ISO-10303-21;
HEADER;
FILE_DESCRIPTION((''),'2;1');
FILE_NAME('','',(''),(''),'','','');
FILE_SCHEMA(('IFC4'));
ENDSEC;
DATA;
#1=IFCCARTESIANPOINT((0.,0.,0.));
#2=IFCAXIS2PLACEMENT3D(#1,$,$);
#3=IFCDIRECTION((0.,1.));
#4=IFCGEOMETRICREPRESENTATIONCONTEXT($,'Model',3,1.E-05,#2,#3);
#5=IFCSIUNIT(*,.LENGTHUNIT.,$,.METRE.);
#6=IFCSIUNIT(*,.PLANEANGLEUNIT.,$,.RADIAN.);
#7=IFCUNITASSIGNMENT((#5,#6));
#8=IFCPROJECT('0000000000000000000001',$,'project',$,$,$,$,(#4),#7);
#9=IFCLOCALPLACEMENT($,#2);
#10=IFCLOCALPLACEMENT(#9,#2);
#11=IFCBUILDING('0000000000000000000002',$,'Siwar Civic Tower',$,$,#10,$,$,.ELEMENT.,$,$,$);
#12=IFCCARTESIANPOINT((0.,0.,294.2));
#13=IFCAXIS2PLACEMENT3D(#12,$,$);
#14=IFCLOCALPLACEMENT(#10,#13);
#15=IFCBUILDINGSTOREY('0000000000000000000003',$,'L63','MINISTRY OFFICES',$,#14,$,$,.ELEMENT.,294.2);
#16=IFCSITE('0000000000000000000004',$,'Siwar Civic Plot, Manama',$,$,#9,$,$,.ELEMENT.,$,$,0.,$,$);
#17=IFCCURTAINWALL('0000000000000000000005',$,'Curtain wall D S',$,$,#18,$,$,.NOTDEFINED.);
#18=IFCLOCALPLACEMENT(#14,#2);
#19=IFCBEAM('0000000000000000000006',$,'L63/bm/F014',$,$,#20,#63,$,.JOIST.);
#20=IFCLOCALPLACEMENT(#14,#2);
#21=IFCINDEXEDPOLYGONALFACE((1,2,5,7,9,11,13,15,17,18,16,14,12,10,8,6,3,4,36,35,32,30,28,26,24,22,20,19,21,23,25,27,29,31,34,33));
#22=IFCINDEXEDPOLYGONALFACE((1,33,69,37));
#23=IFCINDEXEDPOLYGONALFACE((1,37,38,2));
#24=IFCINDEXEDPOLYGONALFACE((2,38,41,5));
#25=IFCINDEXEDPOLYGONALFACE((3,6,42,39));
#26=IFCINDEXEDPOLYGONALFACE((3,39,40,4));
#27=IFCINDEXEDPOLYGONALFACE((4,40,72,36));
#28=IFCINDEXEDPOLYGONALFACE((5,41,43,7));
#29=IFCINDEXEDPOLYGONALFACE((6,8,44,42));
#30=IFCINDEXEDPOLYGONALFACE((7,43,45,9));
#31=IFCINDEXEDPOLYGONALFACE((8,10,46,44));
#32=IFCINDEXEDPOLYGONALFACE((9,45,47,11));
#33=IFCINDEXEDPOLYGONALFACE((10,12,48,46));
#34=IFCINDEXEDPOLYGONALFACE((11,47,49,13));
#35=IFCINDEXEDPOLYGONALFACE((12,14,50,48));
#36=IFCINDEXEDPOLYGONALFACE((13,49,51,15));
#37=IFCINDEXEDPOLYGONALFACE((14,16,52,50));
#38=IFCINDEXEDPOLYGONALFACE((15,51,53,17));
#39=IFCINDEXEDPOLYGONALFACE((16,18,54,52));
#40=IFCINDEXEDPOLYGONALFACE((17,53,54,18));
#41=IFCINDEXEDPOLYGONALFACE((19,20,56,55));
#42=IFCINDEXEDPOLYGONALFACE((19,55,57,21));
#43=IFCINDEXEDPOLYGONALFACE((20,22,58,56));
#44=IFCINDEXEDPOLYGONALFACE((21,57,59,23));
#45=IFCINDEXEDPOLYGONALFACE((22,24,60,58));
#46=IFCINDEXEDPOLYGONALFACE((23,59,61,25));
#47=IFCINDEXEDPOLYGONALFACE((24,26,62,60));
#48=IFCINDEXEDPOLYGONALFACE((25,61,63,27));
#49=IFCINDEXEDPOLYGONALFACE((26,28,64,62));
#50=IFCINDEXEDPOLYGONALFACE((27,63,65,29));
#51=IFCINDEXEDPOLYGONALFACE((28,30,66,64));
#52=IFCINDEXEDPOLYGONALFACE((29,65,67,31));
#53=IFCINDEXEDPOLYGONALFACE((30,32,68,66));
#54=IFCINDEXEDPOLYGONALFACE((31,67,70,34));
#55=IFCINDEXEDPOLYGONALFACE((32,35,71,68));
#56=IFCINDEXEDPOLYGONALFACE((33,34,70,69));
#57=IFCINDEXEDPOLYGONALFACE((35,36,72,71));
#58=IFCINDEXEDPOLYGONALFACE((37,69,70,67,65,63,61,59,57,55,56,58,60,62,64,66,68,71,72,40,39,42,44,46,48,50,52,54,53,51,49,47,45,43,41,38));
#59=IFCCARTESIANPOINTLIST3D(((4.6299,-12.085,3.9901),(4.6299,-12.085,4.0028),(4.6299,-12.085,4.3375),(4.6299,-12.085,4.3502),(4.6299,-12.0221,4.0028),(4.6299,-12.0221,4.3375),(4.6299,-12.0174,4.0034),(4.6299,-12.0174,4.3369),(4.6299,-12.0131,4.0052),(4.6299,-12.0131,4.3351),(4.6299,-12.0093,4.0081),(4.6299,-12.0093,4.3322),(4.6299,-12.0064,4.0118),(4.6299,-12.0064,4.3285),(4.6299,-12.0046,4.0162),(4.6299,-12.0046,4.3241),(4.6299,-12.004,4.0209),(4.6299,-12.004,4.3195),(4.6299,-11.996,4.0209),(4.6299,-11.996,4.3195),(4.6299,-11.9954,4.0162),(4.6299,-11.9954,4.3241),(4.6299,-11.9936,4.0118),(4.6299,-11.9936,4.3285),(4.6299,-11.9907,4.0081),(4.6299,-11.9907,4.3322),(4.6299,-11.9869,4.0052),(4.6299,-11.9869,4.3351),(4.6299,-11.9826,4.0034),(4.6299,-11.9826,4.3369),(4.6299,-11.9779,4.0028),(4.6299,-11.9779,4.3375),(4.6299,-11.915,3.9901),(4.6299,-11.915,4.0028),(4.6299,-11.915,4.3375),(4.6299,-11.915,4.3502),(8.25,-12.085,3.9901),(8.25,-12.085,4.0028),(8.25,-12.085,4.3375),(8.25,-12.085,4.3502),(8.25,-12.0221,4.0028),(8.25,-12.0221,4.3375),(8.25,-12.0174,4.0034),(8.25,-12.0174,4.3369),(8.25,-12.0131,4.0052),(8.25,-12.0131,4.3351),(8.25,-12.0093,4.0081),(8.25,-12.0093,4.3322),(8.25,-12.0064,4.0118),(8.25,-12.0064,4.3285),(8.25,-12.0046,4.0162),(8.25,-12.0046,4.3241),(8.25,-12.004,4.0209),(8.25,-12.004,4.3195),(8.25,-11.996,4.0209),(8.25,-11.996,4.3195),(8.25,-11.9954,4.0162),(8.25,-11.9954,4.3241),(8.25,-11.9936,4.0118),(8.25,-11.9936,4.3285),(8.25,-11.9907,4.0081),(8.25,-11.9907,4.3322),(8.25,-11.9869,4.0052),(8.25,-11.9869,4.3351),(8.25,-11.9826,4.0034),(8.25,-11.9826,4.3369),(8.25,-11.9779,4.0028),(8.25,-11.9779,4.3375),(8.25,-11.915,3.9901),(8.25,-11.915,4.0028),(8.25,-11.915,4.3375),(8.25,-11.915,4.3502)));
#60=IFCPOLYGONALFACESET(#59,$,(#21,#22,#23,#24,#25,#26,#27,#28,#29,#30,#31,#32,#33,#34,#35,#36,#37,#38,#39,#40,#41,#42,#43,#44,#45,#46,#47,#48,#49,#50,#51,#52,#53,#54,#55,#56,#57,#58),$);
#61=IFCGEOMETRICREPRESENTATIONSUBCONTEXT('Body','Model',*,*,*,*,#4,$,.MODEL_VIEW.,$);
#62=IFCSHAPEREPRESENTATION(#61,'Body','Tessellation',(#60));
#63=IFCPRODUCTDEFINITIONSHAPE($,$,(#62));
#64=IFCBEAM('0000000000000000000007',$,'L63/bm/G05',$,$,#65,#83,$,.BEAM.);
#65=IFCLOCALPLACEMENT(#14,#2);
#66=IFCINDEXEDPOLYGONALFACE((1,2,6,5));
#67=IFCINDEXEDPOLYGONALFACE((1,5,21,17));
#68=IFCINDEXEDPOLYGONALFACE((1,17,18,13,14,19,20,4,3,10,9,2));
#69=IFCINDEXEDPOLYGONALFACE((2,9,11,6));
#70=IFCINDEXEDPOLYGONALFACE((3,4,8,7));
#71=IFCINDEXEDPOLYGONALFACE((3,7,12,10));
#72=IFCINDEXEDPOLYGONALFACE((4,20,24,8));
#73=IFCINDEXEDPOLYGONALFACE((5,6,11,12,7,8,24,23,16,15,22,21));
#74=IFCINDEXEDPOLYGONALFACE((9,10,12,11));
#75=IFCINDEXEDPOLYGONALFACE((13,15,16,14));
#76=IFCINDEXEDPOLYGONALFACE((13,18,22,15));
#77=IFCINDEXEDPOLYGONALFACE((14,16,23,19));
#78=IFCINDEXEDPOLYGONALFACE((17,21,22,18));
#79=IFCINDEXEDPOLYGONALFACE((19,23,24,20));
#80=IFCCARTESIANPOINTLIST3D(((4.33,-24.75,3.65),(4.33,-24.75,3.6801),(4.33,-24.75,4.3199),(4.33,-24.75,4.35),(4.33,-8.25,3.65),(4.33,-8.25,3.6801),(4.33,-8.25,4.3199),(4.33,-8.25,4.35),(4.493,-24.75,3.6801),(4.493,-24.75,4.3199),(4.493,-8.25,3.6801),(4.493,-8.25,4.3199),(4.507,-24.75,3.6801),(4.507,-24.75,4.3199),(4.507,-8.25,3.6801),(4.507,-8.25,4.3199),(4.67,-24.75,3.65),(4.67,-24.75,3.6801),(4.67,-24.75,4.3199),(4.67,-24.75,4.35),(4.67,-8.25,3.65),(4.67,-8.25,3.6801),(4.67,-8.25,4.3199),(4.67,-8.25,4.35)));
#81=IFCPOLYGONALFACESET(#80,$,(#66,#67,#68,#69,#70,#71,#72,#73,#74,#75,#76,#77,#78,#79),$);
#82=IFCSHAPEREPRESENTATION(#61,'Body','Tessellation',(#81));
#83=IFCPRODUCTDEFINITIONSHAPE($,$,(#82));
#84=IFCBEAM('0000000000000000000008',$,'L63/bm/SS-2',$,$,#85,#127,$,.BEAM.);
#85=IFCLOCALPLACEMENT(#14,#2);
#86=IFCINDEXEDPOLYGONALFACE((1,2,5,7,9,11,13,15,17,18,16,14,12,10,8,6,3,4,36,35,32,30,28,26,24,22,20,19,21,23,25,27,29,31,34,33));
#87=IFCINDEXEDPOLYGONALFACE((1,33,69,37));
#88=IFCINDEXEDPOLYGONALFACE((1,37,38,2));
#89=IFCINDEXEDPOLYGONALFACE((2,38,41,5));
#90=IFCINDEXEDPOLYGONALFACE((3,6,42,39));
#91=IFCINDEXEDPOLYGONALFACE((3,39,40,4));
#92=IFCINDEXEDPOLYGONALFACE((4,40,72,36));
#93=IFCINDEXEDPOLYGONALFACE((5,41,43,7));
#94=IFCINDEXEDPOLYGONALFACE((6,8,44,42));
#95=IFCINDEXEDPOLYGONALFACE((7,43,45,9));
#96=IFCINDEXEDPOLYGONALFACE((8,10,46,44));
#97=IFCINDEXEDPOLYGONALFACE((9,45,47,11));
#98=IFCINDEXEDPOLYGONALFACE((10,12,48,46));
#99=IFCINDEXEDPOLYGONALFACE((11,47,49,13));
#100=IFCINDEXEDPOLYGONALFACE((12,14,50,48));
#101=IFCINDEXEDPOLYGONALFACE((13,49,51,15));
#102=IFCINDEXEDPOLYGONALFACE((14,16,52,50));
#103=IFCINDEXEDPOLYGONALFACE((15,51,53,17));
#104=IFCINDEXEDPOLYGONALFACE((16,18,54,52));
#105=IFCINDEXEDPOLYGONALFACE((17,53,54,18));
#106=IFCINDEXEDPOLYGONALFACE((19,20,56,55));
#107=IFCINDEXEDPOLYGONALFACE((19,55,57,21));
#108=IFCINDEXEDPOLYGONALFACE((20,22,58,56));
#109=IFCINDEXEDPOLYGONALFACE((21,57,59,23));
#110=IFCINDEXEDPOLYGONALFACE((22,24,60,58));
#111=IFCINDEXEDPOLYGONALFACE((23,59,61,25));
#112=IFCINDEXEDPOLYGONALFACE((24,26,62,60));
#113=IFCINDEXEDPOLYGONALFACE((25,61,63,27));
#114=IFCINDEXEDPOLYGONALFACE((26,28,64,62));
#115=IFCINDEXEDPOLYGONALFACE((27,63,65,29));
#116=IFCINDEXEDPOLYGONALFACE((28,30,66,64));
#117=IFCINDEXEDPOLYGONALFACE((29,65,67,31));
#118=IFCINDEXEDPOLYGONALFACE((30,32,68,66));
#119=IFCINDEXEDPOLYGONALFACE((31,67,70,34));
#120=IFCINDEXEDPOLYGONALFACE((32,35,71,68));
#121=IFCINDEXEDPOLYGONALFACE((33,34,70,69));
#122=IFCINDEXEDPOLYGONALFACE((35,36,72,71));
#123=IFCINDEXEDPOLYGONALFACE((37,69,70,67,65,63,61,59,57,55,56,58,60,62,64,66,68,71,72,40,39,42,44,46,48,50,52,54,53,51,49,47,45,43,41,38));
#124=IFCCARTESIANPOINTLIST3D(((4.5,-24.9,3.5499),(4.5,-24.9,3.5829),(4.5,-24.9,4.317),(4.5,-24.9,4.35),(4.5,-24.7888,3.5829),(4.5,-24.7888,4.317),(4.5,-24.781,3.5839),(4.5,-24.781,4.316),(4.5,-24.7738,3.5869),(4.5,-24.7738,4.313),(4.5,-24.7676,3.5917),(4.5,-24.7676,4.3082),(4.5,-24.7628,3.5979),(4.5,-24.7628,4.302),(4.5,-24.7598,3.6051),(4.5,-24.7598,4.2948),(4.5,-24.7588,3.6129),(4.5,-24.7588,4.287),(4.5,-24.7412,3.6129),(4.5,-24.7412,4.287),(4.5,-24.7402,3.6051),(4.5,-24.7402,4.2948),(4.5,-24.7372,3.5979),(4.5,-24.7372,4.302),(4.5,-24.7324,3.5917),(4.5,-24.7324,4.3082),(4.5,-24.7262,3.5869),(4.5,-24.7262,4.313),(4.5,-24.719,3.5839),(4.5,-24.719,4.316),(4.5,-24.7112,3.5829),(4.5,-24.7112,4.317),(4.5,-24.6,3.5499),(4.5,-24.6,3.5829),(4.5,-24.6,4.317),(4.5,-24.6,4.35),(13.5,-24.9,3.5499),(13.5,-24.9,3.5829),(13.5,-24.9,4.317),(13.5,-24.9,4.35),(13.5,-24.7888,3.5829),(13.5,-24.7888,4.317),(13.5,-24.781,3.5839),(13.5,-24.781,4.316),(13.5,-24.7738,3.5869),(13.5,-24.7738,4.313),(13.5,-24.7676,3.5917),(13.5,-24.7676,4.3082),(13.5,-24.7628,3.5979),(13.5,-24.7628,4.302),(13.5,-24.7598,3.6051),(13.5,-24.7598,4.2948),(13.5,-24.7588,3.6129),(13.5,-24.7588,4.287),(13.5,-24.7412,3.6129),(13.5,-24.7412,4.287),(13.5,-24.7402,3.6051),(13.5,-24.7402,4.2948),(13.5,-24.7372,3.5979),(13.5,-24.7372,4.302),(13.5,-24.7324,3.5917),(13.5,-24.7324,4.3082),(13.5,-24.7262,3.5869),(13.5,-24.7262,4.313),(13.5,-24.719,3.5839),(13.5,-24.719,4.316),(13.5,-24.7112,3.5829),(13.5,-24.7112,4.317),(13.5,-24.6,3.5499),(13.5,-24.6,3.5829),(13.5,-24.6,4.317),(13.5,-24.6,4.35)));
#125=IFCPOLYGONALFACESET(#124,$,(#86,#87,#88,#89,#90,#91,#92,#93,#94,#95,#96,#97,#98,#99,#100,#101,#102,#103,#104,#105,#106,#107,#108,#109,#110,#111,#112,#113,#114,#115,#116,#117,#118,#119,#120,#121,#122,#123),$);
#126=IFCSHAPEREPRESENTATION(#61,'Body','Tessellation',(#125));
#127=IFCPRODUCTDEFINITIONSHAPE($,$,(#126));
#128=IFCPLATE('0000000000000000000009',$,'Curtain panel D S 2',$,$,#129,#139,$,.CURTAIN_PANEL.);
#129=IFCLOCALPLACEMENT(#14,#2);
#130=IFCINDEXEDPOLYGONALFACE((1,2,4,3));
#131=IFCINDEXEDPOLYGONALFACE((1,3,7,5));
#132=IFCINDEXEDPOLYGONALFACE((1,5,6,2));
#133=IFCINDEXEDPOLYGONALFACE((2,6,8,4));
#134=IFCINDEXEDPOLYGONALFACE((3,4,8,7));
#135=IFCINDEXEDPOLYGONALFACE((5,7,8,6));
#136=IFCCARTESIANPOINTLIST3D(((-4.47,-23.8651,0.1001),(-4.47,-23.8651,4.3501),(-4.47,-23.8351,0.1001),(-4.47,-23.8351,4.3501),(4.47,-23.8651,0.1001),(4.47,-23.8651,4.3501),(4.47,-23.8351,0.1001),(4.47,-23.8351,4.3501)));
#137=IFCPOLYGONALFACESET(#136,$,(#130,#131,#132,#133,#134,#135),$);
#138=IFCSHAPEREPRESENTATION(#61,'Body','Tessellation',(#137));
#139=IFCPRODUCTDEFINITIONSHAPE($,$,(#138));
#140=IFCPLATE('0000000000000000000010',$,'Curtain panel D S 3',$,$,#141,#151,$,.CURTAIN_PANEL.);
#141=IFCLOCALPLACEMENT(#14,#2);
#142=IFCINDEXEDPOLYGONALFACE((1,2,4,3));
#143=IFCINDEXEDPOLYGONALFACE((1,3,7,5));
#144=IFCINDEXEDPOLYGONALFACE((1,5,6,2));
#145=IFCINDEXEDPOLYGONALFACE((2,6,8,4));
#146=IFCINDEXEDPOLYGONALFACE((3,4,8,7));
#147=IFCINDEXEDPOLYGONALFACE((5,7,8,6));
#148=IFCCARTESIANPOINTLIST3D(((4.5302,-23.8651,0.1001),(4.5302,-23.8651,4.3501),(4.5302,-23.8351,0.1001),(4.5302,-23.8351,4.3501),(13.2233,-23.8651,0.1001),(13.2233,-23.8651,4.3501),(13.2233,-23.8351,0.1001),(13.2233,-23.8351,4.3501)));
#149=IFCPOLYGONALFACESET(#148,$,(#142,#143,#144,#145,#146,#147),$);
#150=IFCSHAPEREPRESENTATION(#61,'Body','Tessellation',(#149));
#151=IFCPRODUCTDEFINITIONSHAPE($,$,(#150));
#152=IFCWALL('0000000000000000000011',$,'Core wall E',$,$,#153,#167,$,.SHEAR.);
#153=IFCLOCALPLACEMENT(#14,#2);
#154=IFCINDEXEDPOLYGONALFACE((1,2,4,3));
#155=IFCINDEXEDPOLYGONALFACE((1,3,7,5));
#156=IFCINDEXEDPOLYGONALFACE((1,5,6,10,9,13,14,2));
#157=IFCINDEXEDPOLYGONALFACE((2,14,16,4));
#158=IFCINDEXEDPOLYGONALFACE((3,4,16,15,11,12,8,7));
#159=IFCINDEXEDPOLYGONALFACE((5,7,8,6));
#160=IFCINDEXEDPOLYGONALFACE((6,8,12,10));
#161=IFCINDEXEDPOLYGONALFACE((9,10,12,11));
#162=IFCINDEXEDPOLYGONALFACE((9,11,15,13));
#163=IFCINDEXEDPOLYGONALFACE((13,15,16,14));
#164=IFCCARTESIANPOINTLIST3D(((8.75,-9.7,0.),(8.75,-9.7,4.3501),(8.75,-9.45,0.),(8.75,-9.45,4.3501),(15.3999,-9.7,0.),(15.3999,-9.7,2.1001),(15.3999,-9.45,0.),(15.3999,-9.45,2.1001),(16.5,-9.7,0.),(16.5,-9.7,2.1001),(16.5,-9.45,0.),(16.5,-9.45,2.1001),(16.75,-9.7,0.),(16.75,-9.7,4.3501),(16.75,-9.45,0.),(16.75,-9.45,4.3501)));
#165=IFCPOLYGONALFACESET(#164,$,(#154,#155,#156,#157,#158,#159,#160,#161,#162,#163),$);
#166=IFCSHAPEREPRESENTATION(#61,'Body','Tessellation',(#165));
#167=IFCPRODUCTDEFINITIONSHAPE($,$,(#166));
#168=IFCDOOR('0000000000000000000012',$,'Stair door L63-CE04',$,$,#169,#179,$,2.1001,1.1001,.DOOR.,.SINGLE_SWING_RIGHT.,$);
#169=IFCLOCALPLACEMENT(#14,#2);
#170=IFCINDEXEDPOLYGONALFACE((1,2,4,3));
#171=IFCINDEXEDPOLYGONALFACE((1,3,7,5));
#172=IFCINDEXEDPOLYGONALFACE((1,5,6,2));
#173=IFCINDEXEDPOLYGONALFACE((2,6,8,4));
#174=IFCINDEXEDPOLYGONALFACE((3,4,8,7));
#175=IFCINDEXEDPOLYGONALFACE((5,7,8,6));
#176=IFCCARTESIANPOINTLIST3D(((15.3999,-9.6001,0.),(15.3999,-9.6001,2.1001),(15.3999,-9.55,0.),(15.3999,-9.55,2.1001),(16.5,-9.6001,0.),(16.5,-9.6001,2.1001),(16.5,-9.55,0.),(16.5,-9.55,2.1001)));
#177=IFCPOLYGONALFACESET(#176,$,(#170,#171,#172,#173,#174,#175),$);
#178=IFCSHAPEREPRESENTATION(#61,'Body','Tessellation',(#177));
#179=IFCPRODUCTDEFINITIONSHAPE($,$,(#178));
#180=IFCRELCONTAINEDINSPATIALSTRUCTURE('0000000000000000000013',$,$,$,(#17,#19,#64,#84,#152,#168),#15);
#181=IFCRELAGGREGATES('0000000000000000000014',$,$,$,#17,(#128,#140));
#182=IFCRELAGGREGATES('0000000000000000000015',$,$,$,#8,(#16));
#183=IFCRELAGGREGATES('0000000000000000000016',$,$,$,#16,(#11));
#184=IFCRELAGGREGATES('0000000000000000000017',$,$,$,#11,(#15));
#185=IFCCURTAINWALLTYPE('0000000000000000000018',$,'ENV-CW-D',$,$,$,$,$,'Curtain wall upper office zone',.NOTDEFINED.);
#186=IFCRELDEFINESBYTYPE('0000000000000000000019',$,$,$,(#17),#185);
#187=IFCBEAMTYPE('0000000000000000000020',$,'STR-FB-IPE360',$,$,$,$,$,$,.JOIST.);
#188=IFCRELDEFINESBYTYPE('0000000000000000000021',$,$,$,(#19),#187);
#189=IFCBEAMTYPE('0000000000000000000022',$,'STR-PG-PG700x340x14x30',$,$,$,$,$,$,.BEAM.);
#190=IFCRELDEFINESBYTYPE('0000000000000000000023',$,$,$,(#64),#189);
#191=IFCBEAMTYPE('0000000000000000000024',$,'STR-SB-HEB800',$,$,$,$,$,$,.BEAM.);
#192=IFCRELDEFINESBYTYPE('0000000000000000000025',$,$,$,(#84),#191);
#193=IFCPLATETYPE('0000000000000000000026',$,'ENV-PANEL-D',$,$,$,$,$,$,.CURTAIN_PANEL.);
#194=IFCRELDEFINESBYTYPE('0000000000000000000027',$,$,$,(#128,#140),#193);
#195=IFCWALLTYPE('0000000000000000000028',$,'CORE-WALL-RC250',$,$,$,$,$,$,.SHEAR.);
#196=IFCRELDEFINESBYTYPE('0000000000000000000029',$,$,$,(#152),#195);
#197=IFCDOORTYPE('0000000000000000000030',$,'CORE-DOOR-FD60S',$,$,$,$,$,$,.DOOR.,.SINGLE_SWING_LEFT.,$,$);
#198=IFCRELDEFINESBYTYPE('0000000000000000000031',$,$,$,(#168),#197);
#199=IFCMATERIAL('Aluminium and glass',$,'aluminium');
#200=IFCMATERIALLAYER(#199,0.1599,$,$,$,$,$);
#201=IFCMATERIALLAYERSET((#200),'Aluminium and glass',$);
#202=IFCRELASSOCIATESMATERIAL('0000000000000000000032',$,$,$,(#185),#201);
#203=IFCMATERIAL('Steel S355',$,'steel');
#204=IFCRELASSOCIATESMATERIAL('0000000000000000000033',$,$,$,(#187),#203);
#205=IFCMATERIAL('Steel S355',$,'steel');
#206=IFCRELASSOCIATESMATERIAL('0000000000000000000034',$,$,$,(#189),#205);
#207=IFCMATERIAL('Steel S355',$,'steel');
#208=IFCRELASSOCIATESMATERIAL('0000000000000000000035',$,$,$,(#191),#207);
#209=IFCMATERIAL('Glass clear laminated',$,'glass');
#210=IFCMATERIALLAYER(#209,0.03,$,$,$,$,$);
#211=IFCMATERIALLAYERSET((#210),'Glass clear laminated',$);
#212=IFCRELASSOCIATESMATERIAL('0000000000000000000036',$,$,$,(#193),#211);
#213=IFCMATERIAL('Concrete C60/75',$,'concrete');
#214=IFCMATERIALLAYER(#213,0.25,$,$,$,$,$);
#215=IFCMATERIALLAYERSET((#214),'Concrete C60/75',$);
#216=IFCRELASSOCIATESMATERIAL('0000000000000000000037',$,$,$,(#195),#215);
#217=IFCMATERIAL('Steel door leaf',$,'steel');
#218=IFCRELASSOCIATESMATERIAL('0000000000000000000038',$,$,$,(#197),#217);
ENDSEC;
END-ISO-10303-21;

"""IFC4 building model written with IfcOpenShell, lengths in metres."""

from ifc_helpers import new_model, si_unit, direction, frame, frame_2d, origin, origin_2d, place, context, subcontext, project, spatial, rectangle, i_section, extrude, material, layer, layer_set, material_profile, profile_set, type_object, element, fill, aggregate, save


model = new_model("IFC4")

# Units and contexts
model_context = context("Model", 3, precision=1e-05, world=origin(), true_north=direction((0.0, 1.0)))
body_context = subcontext(model_context, "Body", "Model", "MODEL_VIEW")
ifc_project = project(units=[si_unit("LENGTHUNIT", "METRE"), si_unit("PLANEANGLEUNIT", "RADIAN")], contexts=[model_context])

# Site, building, storey
site_placement = place(None, origin())
site = spatial("IfcSite", under=ifc_project, at=site_placement, Name="Siwar Civic Plot, Manama", CompositionType="ELEMENT", RefElevation=0.0)
building_placement = place(site_placement, origin())
building = spatial("IfcBuilding", under=site, at=building_placement, Name="Siwar Civic Tower", CompositionType="ELEMENT")
storey_placement = place(building_placement, frame((0.0, 0.0, 294.2)))
storey = spatial("IfcBuildingStorey", under=building, at=storey_placement, Name="L63", Description="MINISTRY OFFICES", CompositionType="ELEMENT", Elevation=294.2)

# Curtain wall
ifc_material_1 = material(Name="Aluminium and glass", Category="aluminium")
ifc_layer_1 = layer(ifc_material_1, 0.1599)
ifc_layer_set_1 = layer_set([ifc_layer_1], Name="Aluminium and glass")
curtain_wall_type_1 = type_object("IfcCurtainWallType", Name="ENV-CW-D", ElementType="Curtain wall upper office zone", PredefinedType="NOTDEFINED", material=ifc_layer_set_1)
curtain_wall_1_placement = place(storey_placement, origin())
curtain_wall_1 = element("IfcCurtainWall", 1, at=curtain_wall_1_placement, inside=storey, type_object=curtain_wall_type_1, Name="Curtain wall D S", PredefinedType="NOTDEFINED")

# Beams
ifc_material_2 = material(Name="Steel S355", Category="steel")
ifc_material_profile_1 = material_profile(ifc_material_2, i_section(OverallWidth=0.1699, OverallDepth=0.3601, WebThickness=0.0081, FlangeThickness=0.0127, FilletRadius=0.0181, at=origin_2d()), Name="IPE360")
ifc_profile_set_1 = profile_set([ifc_material_profile_1], Name="Steel S355")
beam_type_1 = type_object("IfcBeamType", Name="STR-FB-IPE360", PredefinedType="JOIST", material=ifc_profile_set_1)
beam_1_placement = place(storey_placement, frame((4.6299, -12.0, 4.1702), z_axis=(1.0, 0.0, 0.0), x_axis=(0.0, 1.0, 0.0)))
element("IfcBeam", 2, at=beam_1_placement, inside=storey, type_object=beam_type_1, Name="L63/bm/F014", PredefinedType="JOIST", context=body_context, shape_type="SweptSolid", body=[
    extrude(i_section(OverallWidth=0.1699, OverallDepth=0.3601, WebThickness=0.0081, FlangeThickness=0.0127, FilletRadius=0.0181, at=origin_2d()), origin(), (0.0, 0.0, 1.0), 3.6201),
])
ifc_material_3 = material(Name="Steel S355", Category="steel")
ifc_material_profile_2 = material_profile(ifc_material_3, i_section(OverallWidth=0.3401, OverallDepth=0.7, WebThickness=0.0139, FlangeThickness=0.03, at=origin_2d()), Name="PG700x340x14x30")
ifc_profile_set_2 = profile_set([ifc_material_profile_2], Name="Steel S355")
beam_type_2 = type_object("IfcBeamType", Name="STR-PG-PG700x340x14x30", PredefinedType="BEAM", material=ifc_profile_set_2)
beam_2_placement = place(storey_placement, frame((4.5, -24.75, 4.0), z_axis=(0.0, 1.0, 0.0), x_axis=(-1.0, 0.0, 0.0)))
element("IfcBeam", 3, at=beam_2_placement, inside=storey, type_object=beam_type_2, Name="L63/bm/G05", PredefinedType="BEAM", context=body_context, shape_type="SweptSolid", body=[
    extrude(i_section(OverallWidth=0.3401, OverallDepth=0.7, WebThickness=0.0139, FlangeThickness=0.03, at=origin_2d()), origin(), (0.0, 0.0, 1.0), 16.5),
])
ifc_material_4 = material(Name="Steel S355", Category="steel")
ifc_material_profile_3 = material_profile(ifc_material_4, i_section(OverallWidth=0.3, OverallDepth=0.8, WebThickness=0.0176, FlangeThickness=0.033, FilletRadius=0.03, at=origin_2d()), Name="HEB800")
ifc_profile_set_3 = profile_set([ifc_material_profile_3], Name="Steel S355")
beam_type_3 = type_object("IfcBeamType", Name="STR-SB-HEB800", PredefinedType="BEAM", material=ifc_profile_set_3)
beam_3_placement = place(storey_placement, frame((4.5, -24.75, 3.95), z_axis=(1.0, 0.0, 0.0), x_axis=(0.0, 1.0, 0.0)))
element("IfcBeam", 4, at=beam_3_placement, inside=storey, type_object=beam_type_3, Name="L63/bm/SS-2", PredefinedType="BEAM", context=body_context, shape_type="SweptSolid", body=[
    extrude(i_section(OverallWidth=0.3, OverallDepth=0.8, WebThickness=0.0176, FlangeThickness=0.033, FilletRadius=0.03, at=origin_2d()), origin(), (0.0, 0.0, 1.0), 9.0),
])

# Plates
ifc_material_5 = material(Name="Glass clear laminated", Category="glass")
ifc_layer_2 = layer(ifc_material_5, 0.03)
ifc_layer_set_2 = layer_set([ifc_layer_2], Name="Glass clear laminated")
plate_type = type_object("IfcPlateType", Name="ENV-PANEL-D", PredefinedType="CURTAIN_PANEL", material=ifc_layer_set_2)
plate_1_placement = place(storey_placement, frame((0.0, -23.8501, 0.1001), z_axis=(0.0, 0.0, 1.0), x_axis=(1.0, 0.0, 0.0)))
plate_1 = element("IfcPlate", 5, at=plate_1_placement, type_object=plate_type, Name="Curtain panel D S 2", PredefinedType="CURTAIN_PANEL", context=body_context, shape_type="SweptSolid", body=[
    extrude(rectangle(XDim=8.9399, YDim=0.03, at=origin_2d()), origin(), (0.0, 0.0, 1.0), 4.25),
])
plate_2_placement = place(storey_placement, frame((8.8767, -23.8501, 0.1001), z_axis=(0.0, 0.0, 1.0), x_axis=(1.0, 0.0, 0.0)))
plate_2 = element("IfcPlate", 6, at=plate_2_placement, type_object=plate_type, Name="Curtain panel D S 3", PredefinedType="CURTAIN_PANEL", context=body_context, shape_type="SweptSolid", body=[
    extrude(rectangle(XDim=8.6931, YDim=0.03, at=origin_2d()), origin(), (0.0, 0.0, 1.0), 4.25),
])
aggregate(curtain_wall_1, [plate_1, plate_2])

# Wall, opening, door
ifc_material_6 = material(Name="Concrete C60/75", Category="concrete")
ifc_layer_3 = layer(ifc_material_6, 0.25)
ifc_layer_set_3 = layer_set([ifc_layer_3], Name="Concrete C60/75")
wall_type_1 = type_object("IfcWallType", Name="CORE-WALL-RC250", PredefinedType="SHEAR", material=ifc_layer_set_3)
wall_1_placement = place(storey_placement, frame((8.75, -9.575, 0.0), z_axis=(0.0, 0.0, 1.0), x_axis=(1.0, 0.0, 0.0)))
wall_1 = element("IfcWall", 7, at=wall_1_placement, inside=storey, type_object=wall_type_1, Name="Core wall E", PredefinedType="SHEAR", context=body_context, shape_type="SweptSolid", body=[
    extrude(rectangle(XDim=8.0, YDim=0.25, at=frame_2d((4.0, 0.0))), origin(), (0.0, 0.0, 1.0), 4.3501),
])
opening_placement = place(wall_1_placement, frame((6.6499, 0.0, 0.0)))
opening = element("IfcOpeningElement", 8, at=opening_placement, cuts=wall_1, PredefinedType="OPENING", context=body_context, shape_type="SweptSolid", body=[
    extrude(rectangle(XDim=1.1001, YDim=2.1001, at=frame_2d((0.55, 1.05))), frame((0.0, 0.135, 0.0), z_axis=(0.0, -1.0, 0.0), x_axis=(1.0, 0.0, 0.0)), (0.0, 0.0, 1.0), 0.27),
])
ifc_material_7 = material(Name="Steel door leaf", Category="steel")
door_type = type_object("IfcDoorType", Name="CORE-DOOR-FD60S", OperationType="SINGLE_SWING_LEFT", PredefinedType="DOOR", material=ifc_material_7)
door_placement = place(opening_placement, origin())
door = element("IfcDoor", 9, at=door_placement, inside=storey, type_object=door_type, Name="Stair door L63-CE04", OperationType="SINGLE_SWING_RIGHT", OverallHeight=2.1001, OverallWidth=1.1001, PredefinedType="DOOR", context=body_context, shape_type="SweptSolid", body=[
    extrude(rectangle(XDim=1.1001, YDim=2.1001, at=frame_2d((0.55, 1.05))), frame((0.0, 0.0249, 0.0), z_axis=(0.0, -1.0, 0.0), x_axis=(1.0, 0.0, 0.0)), (0.0, 0.0, 1.0), 0.05),
])
fill(opening, door)

save(model, "model.ifc")
